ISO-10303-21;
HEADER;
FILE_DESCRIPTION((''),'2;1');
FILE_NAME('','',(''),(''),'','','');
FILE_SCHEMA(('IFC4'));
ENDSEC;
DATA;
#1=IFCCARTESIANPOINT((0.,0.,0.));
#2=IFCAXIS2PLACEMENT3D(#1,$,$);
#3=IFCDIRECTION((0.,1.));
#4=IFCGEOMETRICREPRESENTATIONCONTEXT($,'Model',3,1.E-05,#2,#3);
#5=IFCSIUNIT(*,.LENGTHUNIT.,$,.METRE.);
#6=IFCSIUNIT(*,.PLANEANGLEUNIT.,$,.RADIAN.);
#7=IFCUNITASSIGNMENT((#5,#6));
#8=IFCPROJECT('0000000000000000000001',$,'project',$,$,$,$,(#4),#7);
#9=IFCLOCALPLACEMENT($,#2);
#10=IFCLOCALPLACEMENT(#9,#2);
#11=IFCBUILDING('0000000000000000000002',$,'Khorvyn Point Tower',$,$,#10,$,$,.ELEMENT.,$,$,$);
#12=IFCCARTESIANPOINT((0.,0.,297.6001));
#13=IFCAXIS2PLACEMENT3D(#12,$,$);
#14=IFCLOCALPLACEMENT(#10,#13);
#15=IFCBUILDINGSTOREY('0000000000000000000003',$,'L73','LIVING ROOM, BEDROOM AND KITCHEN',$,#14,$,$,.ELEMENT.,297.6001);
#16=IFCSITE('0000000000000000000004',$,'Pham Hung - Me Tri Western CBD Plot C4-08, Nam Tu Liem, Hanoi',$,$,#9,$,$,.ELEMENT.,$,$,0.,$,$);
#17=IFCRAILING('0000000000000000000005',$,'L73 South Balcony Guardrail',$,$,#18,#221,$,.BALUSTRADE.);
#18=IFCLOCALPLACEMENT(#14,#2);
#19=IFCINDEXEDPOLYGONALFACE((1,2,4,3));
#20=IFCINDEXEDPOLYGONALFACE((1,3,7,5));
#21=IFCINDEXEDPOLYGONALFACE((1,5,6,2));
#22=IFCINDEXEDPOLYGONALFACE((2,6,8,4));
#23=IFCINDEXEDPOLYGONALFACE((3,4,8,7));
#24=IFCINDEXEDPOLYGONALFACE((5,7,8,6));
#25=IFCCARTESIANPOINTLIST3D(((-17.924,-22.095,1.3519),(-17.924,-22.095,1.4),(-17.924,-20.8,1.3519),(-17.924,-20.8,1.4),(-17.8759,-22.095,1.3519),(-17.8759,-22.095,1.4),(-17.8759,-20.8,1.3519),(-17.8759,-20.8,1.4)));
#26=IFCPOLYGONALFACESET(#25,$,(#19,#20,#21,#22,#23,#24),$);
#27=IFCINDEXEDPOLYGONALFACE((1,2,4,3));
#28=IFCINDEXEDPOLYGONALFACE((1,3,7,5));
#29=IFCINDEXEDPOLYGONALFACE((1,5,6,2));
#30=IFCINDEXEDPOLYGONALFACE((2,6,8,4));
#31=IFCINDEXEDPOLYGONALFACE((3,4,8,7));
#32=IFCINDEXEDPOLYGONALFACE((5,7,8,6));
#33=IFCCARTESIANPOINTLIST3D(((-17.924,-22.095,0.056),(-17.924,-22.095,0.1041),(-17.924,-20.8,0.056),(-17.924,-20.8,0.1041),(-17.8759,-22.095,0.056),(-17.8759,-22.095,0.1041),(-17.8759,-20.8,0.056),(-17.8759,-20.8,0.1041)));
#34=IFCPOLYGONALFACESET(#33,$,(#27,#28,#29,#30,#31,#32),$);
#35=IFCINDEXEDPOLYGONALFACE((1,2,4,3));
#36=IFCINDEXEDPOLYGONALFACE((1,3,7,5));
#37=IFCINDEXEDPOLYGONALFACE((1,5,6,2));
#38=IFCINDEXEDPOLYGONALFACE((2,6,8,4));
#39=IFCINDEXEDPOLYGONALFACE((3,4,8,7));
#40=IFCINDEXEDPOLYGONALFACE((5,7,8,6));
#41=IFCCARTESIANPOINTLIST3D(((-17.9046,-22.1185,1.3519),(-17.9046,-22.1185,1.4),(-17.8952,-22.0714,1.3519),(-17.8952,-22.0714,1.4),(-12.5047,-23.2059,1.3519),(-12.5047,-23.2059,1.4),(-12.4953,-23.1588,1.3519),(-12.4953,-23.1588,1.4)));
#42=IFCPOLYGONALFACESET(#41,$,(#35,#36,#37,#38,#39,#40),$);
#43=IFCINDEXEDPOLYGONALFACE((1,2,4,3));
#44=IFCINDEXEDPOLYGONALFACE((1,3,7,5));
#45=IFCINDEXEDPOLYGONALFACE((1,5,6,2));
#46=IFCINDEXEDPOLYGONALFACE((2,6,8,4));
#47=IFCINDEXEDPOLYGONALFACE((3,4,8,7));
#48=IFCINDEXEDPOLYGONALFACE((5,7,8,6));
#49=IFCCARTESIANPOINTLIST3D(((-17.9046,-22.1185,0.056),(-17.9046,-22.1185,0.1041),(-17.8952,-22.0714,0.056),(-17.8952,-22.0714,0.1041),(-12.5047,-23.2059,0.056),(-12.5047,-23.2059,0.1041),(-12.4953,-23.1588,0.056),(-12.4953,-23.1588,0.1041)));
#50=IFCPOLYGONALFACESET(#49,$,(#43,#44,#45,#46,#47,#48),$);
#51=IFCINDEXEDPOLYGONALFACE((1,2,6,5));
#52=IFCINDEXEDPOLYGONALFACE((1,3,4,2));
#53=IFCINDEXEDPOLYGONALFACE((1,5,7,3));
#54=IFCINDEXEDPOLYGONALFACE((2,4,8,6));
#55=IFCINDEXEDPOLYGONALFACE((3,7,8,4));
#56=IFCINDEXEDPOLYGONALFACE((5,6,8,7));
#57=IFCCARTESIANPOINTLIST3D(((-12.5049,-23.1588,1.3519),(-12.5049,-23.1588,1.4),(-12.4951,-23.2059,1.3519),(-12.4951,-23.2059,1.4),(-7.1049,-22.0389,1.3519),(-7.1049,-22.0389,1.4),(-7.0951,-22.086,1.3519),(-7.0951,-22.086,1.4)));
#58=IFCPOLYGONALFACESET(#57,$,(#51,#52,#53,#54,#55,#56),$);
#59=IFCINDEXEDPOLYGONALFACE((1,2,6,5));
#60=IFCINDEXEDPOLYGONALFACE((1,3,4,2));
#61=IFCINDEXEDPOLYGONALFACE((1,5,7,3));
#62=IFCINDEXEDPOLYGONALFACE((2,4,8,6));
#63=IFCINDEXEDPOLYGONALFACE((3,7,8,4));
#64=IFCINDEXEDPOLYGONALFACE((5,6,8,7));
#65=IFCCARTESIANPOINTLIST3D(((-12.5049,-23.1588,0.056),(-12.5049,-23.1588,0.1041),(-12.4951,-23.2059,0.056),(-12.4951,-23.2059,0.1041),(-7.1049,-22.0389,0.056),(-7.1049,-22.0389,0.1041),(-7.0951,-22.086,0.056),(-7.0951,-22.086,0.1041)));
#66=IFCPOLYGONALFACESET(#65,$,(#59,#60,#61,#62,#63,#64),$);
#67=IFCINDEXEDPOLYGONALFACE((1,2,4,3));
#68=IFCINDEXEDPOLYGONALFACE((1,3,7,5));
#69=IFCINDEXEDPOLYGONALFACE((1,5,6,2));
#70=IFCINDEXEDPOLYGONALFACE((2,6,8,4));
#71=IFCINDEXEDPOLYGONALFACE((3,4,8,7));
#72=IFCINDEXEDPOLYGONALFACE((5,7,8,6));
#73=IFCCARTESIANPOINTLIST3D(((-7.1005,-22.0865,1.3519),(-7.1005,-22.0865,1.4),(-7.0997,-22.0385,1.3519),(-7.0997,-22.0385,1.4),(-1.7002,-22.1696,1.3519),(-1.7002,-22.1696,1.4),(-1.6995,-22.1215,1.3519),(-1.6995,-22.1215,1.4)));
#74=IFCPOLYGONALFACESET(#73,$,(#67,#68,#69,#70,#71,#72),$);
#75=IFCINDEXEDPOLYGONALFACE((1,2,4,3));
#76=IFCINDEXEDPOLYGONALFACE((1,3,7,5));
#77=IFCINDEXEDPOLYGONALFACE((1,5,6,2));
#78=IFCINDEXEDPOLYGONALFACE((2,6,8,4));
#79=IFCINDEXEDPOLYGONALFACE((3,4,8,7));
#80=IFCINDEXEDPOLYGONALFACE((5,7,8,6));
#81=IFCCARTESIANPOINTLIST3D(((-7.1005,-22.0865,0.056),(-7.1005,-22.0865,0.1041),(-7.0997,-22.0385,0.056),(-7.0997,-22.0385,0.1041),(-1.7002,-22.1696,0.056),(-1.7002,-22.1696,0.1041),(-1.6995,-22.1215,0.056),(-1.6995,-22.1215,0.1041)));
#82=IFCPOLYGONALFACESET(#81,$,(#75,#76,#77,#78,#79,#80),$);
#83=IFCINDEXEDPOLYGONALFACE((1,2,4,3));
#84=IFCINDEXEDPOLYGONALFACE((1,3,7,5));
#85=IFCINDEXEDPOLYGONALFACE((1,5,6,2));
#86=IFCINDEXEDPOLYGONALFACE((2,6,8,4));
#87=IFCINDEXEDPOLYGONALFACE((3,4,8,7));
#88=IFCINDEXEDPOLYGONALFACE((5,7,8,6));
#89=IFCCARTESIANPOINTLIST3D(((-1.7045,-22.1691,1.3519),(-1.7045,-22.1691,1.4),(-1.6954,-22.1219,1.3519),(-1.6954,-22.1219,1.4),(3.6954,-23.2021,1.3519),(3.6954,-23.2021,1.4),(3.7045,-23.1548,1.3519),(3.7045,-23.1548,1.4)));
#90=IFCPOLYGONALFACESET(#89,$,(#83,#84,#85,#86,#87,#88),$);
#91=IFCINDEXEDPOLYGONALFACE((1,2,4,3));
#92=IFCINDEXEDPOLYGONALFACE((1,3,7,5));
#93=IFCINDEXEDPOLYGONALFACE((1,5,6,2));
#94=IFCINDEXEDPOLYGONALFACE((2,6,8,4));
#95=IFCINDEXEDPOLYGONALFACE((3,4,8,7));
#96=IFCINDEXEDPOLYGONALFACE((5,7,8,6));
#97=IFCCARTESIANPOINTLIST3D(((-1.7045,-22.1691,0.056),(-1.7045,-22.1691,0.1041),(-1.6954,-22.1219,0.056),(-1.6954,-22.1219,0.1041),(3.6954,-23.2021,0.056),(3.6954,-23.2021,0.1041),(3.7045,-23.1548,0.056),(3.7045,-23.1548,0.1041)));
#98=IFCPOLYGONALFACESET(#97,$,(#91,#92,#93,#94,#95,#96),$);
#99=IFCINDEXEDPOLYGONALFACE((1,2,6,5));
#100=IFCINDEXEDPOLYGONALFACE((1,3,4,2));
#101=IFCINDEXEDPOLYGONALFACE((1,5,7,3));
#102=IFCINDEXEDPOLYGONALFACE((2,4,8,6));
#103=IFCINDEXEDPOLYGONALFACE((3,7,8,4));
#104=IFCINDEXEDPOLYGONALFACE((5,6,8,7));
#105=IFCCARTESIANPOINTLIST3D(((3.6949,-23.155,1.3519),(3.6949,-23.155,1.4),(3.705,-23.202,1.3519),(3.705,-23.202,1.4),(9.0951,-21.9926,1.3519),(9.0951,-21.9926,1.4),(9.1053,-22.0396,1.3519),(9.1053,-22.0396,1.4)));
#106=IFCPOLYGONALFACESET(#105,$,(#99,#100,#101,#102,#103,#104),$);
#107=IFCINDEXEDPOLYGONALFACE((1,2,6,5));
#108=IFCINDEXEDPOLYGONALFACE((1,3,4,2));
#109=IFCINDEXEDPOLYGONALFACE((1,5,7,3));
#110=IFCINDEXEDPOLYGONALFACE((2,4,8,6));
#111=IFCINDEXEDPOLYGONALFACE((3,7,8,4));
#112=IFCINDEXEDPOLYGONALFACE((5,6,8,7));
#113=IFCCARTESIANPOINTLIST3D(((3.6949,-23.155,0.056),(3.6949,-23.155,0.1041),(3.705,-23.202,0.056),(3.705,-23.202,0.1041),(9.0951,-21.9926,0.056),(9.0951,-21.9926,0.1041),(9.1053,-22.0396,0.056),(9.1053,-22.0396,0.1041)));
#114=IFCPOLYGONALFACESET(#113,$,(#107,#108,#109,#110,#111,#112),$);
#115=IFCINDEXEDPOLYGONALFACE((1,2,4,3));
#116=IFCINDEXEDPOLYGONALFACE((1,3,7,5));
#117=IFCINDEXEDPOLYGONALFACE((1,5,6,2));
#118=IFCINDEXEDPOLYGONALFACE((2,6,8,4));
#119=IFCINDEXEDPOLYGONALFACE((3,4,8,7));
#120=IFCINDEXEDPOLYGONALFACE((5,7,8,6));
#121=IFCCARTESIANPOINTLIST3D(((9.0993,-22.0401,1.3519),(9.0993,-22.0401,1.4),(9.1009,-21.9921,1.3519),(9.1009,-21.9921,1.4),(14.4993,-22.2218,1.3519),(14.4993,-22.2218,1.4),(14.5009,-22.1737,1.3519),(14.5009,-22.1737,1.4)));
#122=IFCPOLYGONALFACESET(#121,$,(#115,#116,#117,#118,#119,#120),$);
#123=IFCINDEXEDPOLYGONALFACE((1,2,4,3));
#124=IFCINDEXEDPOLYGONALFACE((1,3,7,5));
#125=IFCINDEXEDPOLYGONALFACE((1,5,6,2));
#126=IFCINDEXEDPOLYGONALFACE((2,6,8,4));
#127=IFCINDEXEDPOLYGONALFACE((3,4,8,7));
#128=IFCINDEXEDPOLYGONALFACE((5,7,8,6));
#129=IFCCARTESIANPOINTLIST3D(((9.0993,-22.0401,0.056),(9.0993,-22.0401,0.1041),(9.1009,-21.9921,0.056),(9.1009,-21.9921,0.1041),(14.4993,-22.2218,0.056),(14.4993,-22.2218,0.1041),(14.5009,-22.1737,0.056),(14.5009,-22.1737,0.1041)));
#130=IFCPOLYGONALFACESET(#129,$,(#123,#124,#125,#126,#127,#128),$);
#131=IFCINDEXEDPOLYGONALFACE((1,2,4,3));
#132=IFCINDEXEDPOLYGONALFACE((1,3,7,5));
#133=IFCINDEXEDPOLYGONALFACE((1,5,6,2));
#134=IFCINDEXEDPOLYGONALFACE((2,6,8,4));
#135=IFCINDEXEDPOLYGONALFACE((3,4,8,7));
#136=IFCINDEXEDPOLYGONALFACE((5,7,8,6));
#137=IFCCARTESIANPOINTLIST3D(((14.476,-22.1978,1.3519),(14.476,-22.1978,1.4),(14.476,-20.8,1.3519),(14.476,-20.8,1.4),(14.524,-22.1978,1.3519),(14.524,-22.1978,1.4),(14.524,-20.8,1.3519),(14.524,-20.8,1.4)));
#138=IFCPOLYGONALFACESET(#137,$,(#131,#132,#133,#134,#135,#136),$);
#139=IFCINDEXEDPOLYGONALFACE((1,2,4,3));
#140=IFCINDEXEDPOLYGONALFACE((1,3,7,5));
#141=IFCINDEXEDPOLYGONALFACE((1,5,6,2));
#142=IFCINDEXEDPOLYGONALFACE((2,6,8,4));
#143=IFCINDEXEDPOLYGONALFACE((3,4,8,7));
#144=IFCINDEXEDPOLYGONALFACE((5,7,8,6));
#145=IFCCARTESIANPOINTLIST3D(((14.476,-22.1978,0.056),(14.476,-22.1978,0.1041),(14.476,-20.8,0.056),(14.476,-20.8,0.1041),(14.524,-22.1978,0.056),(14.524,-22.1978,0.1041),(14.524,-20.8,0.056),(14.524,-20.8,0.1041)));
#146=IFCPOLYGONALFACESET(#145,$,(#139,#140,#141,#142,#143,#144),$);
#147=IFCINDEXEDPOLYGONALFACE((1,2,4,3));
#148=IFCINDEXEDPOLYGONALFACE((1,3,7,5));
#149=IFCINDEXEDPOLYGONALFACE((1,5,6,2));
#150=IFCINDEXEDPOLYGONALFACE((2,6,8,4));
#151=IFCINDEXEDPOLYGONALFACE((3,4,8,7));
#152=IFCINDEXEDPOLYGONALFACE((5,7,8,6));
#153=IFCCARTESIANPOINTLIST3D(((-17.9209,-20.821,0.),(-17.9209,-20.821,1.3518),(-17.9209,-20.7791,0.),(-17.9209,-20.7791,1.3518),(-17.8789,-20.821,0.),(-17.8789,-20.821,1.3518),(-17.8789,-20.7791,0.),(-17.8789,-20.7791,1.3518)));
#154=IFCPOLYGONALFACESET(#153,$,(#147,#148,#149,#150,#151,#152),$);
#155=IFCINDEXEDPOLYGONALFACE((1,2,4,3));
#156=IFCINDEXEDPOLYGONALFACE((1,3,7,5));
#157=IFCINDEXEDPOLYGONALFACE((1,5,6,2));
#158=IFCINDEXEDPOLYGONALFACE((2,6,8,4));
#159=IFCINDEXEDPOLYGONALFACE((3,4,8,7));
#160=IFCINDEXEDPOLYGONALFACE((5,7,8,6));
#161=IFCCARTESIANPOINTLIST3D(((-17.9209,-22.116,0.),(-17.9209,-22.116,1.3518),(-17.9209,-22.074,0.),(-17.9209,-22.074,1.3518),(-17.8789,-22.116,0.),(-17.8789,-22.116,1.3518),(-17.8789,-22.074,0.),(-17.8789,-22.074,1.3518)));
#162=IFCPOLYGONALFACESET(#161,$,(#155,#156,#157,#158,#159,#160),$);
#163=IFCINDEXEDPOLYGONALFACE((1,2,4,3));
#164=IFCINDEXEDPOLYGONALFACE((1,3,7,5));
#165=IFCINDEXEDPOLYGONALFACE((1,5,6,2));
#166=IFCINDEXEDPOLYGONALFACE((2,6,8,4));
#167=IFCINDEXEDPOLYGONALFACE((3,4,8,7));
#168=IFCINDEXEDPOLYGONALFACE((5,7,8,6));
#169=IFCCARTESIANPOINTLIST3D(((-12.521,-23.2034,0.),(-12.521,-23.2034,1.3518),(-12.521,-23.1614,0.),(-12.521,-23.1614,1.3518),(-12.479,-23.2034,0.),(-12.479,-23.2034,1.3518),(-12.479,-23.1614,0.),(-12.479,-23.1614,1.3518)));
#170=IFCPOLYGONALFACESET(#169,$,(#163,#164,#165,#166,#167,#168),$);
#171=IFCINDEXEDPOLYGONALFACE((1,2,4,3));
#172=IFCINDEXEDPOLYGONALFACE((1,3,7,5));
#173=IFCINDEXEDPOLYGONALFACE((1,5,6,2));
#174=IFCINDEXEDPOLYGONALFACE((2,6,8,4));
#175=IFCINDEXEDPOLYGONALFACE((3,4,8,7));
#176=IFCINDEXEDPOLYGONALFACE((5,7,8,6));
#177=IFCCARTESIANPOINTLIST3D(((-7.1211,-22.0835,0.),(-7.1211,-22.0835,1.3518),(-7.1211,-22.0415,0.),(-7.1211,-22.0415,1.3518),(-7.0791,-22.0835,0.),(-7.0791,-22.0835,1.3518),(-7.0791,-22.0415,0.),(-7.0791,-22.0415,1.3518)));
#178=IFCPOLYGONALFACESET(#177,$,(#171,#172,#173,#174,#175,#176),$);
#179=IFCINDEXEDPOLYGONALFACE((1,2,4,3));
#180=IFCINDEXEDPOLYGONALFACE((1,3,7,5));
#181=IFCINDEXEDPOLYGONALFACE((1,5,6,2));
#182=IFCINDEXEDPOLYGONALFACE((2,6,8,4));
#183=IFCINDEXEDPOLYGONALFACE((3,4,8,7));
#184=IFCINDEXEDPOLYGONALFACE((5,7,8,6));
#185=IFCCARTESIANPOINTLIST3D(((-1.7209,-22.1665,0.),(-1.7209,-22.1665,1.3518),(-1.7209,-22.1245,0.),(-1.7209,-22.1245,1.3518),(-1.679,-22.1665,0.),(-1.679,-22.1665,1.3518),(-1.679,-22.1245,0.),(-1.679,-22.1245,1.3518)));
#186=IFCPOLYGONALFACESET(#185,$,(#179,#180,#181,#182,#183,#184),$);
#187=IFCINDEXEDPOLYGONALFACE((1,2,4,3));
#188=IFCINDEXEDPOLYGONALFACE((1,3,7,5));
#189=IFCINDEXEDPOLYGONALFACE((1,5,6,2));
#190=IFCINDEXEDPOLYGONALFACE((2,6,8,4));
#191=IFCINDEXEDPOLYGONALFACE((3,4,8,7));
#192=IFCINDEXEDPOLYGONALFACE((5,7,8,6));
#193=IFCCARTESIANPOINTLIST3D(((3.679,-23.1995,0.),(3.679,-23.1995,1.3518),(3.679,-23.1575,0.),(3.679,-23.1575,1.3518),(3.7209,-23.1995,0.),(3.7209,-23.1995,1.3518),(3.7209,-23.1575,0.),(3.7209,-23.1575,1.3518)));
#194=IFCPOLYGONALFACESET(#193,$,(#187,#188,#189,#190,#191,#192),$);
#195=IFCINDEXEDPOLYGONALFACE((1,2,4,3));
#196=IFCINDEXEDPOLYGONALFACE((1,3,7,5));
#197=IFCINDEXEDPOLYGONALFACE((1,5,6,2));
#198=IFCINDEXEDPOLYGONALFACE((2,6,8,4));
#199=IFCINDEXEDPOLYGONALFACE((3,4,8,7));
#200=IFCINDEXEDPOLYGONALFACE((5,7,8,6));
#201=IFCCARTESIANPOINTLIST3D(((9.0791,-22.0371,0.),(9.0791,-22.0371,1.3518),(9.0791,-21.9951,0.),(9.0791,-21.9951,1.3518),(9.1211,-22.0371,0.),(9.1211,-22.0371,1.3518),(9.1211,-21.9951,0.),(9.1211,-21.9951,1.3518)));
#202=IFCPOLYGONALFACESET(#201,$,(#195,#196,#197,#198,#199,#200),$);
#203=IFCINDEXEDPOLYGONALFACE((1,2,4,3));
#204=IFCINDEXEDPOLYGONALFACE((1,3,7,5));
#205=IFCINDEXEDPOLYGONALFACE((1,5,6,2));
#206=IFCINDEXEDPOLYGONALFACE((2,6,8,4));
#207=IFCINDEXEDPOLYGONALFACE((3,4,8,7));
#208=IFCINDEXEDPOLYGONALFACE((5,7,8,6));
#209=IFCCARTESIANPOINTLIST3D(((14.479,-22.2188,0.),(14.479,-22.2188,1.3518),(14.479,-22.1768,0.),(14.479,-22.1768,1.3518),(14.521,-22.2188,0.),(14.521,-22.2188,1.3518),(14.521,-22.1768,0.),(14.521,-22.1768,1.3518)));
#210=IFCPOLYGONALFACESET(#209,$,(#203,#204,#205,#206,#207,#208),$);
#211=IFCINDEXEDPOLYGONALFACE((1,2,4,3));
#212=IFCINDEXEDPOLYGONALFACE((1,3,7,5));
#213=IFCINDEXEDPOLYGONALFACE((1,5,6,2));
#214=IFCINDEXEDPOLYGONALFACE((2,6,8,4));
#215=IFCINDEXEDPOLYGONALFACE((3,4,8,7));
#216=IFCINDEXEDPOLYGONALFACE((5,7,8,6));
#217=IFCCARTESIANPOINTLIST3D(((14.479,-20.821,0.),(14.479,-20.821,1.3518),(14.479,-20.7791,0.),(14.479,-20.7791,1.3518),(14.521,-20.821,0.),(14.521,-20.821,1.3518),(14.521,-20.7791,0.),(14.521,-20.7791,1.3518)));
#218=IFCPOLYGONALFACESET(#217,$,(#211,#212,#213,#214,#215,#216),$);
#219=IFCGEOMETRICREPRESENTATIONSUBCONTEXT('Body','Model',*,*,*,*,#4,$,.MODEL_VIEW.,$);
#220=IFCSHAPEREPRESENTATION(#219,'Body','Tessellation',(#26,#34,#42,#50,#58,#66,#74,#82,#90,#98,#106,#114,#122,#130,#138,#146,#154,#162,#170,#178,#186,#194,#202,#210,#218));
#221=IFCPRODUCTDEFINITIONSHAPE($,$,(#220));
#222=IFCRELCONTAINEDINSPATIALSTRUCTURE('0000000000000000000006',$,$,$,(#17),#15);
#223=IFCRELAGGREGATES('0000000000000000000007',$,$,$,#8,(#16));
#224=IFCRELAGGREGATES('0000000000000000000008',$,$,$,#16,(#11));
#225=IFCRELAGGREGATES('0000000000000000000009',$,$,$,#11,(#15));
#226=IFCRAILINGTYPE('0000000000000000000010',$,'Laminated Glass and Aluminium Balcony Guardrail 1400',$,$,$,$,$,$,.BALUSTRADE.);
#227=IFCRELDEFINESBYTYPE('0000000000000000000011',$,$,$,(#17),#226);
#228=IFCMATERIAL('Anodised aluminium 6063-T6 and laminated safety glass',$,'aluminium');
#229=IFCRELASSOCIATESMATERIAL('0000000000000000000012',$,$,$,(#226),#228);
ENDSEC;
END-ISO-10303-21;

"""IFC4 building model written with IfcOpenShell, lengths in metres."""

from ifc_helpers import new_model, si_unit, direction, frame, origin, origin_2d, place, context, subcontext, project, spatial, rectangle, extrude, material, type_object, element, save


model = new_model("IFC4")

# Units and contexts
model_context = context("Model", 3, precision=1e-05, world=origin(), true_north=direction((0.0, 1.0)))
body_context = subcontext(model_context, "Body", "Model", "MODEL_VIEW")
ifc_project = project(units=[si_unit("LENGTHUNIT", "METRE"), si_unit("PLANEANGLEUNIT", "RADIAN")], contexts=[model_context])

# Site, building, storey
site_placement = place(None, origin())
site = spatial("IfcSite", under=ifc_project, at=site_placement, Name="Pham Hung - Me Tri Western CBD Plot C4-08, Nam Tu Liem, Hanoi", CompositionType="ELEMENT", RefElevation=0.0)
building_placement = place(site_placement, origin())
building = spatial("IfcBuilding", under=site, at=building_placement, Name="Khorvyn Point Tower", CompositionType="ELEMENT")
storey_placement = place(building_placement, frame((0.0, 0.0, 297.6001)))
storey = spatial("IfcBuildingStorey", under=building, at=storey_placement, Name="L73", Description="LIVING ROOM, BEDROOM AND KITCHEN", CompositionType="ELEMENT", Elevation=297.6001)

# Railing
ifc_material_1 = material(Name="Anodised aluminium 6063-T6 and laminated safety glass", Category="aluminium")
railing_type = type_object("IfcRailingType", Name="Laminated Glass and Aluminium Balcony Guardrail 1400", PredefinedType="BALUSTRADE", material=ifc_material_1)
railing_1_placement = place(storey_placement, frame((-17.8999, -20.8, 0.0)))
element("IfcRailing", 1, at=railing_1_placement, inside=storey, type_object=railing_type, Name="L73 South Balcony Guardrail", PredefinedType="BALUSTRADE", context=body_context, shape_type="SweptSolid", body=[
    extrude(rectangle(XDim=0.0481, YDim=0.0481, at=origin_2d()), frame((0.0, 0.0, 1.376), z_axis=(0.0, -1.0, 0.0), x_axis=(1.0, 0.0, 0.0)), (0.0, 0.0, 1.0), 1.2949),
    extrude(rectangle(XDim=0.0481, YDim=0.0481, at=origin_2d()), frame((0.0, 0.0, 0.0801), z_axis=(0.0, -1.0, 0.0), x_axis=(1.0, 0.0, 0.0)), (0.0, 0.0, 1.0), 1.2949),
    extrude(rectangle(XDim=0.0481, YDim=0.0481, at=origin_2d()), frame((0.0, -1.2949, 1.376), z_axis=(0.980321, -0.197412, 0.0), x_axis=(0.197412, 0.980321, 0.0)), (0.0, 0.0, 1.0), 5.5083),
    extrude(rectangle(XDim=0.0481, YDim=0.0481, at=origin_2d()), frame((0.0, -1.2949, 0.0801), z_axis=(0.980321, -0.197412, 0.0), x_axis=(0.197412, 0.980321, 0.0)), (0.0, 0.0, 1.0), 5.5083),
    extrude(rectangle(XDim=0.0481, YDim=0.0481, at=origin_2d()), frame((5.3999, -2.3823, 1.376), z_axis=(0.979165, 0.203067, 0.0), x_axis=(-0.203067, 0.979165, 0.0)), (0.0, 0.0, 1.0), 5.5149),
    extrude(rectangle(XDim=0.0481, YDim=0.0481, at=origin_2d()), frame((5.3999, -2.3823, 0.0801), z_axis=(0.979165, 0.203067, 0.0), x_axis=(-0.203067, 0.979165, 0.0)), (0.0, 0.0, 1.0), 5.5149),
    extrude(rectangle(XDim=0.0481, YDim=0.0481, at=origin_2d()), frame((10.7998, -1.2625, 1.376), z_axis=(0.999882, -0.01537, 0.0), x_axis=(0.01537, 0.999882, 0.0)), (0.0, 0.0, 1.0), 5.4009),
    extrude(rectangle(XDim=0.0481, YDim=0.0481, at=origin_2d()), frame((10.7998, -1.2625, 0.0801), z_axis=(0.999882, -0.01537, 0.0), x_axis=(0.01537, 0.999882, 0.0)), (0.0, 0.0, 1.0), 5.4009),
    extrude(rectangle(XDim=0.0481, YDim=0.0481, at=origin_2d()), frame((16.2, -1.3455, 1.376), z_axis=(0.982191, -0.187885, 0.0), x_axis=(0.187885, 0.982191, 0.0)), (0.0, 0.0, 1.0), 5.4978),
    extrude(rectangle(XDim=0.0481, YDim=0.0481, at=origin_2d()), frame((16.2, -1.3455, 0.0801), z_axis=(0.982191, -0.187885, 0.0), x_axis=(0.187885, 0.982191, 0.0)), (0.0, 0.0, 1.0), 5.4978),
    extrude(rectangle(XDim=0.0481, YDim=0.0481, at=origin_2d()), frame((21.5999, -2.3784, 1.376), z_axis=(0.97761, 0.210425, 0.0), x_axis=(-0.210425, 0.97761, 0.0)), (0.0, 0.0, 1.0), 5.5239),
    extrude(rectangle(XDim=0.0481, YDim=0.0481, at=origin_2d()), frame((21.5999, -2.3784, 0.0801), z_axis=(0.97761, 0.210425, 0.0), x_axis=(-0.210425, 0.97761, 0.0)), (0.0, 0.0, 1.0), 5.5239),
    extrude(rectangle(XDim=0.0481, YDim=0.0481, at=origin_2d()), frame((27.0, -1.2161, 1.376), z_axis=(0.999435, -0.033619, 0.0), x_axis=(0.033619, 0.999435, 0.0)), (0.0, 0.0, 1.0), 5.4031),
    extrude(rectangle(XDim=0.0481, YDim=0.0481, at=origin_2d()), frame((27.0, -1.2161, 0.0801), z_axis=(0.999435, -0.033619, 0.0), x_axis=(0.033619, 0.999435, 0.0)), (0.0, 0.0, 1.0), 5.4031),
    extrude(rectangle(XDim=0.0481, YDim=0.0481, at=origin_2d()), frame((32.3999, -1.3977, 1.376), z_axis=(0.0, 1.0, 0.0), x_axis=(-1.0, 0.0, 0.0)), (0.0, 0.0, 1.0), 1.3977),
    extrude(rectangle(XDim=0.0481, YDim=0.0481, at=origin_2d()), frame((32.3999, -1.3977, 0.0801), z_axis=(0.0, 1.0, 0.0), x_axis=(-1.0, 0.0, 0.0)), (0.0, 0.0, 1.0), 1.3977),
    extrude(rectangle(XDim=0.042, YDim=0.042, at=origin_2d()), origin(), (0.0, 0.0, 1.0), 1.3518),
    extrude(rectangle(XDim=0.042, YDim=0.042, at=origin_2d()), frame((0.0, -1.2949, 0.0)), (0.0, 0.0, 1.0), 1.3518),
    extrude(rectangle(XDim=0.042, YDim=0.042, at=origin_2d()), frame((5.3999, -2.3823, 0.0)), (0.0, 0.0, 1.0), 1.3518),
    extrude(rectangle(XDim=0.042, YDim=0.042, at=origin_2d()), frame((10.7998, -1.2625, 0.0)), (0.0, 0.0, 1.0), 1.3518),
    extrude(rectangle(XDim=0.042, YDim=0.042, at=origin_2d()), frame((16.2, -1.3455, 0.0)), (0.0, 0.0, 1.0), 1.3518),
    extrude(rectangle(XDim=0.042, YDim=0.042, at=origin_2d()), frame((21.5999, -2.3784, 0.0)), (0.0, 0.0, 1.0), 1.3518),
    extrude(rectangle(XDim=0.042, YDim=0.042, at=origin_2d()), frame((27.0, -1.2161, 0.0)), (0.0, 0.0, 1.0), 1.3518),
    extrude(rectangle(XDim=0.042, YDim=0.042, at=origin_2d()), frame((32.3999, -1.3977, 0.0)), (0.0, 0.0, 1.0), 1.3518),
    extrude(rectangle(XDim=0.042, YDim=0.042, at=origin_2d()), frame((32.3999, 0.0, 0.0)), (0.0, 0.0, 1.0), 1.3518),
])

save(model, "model.ifc")
